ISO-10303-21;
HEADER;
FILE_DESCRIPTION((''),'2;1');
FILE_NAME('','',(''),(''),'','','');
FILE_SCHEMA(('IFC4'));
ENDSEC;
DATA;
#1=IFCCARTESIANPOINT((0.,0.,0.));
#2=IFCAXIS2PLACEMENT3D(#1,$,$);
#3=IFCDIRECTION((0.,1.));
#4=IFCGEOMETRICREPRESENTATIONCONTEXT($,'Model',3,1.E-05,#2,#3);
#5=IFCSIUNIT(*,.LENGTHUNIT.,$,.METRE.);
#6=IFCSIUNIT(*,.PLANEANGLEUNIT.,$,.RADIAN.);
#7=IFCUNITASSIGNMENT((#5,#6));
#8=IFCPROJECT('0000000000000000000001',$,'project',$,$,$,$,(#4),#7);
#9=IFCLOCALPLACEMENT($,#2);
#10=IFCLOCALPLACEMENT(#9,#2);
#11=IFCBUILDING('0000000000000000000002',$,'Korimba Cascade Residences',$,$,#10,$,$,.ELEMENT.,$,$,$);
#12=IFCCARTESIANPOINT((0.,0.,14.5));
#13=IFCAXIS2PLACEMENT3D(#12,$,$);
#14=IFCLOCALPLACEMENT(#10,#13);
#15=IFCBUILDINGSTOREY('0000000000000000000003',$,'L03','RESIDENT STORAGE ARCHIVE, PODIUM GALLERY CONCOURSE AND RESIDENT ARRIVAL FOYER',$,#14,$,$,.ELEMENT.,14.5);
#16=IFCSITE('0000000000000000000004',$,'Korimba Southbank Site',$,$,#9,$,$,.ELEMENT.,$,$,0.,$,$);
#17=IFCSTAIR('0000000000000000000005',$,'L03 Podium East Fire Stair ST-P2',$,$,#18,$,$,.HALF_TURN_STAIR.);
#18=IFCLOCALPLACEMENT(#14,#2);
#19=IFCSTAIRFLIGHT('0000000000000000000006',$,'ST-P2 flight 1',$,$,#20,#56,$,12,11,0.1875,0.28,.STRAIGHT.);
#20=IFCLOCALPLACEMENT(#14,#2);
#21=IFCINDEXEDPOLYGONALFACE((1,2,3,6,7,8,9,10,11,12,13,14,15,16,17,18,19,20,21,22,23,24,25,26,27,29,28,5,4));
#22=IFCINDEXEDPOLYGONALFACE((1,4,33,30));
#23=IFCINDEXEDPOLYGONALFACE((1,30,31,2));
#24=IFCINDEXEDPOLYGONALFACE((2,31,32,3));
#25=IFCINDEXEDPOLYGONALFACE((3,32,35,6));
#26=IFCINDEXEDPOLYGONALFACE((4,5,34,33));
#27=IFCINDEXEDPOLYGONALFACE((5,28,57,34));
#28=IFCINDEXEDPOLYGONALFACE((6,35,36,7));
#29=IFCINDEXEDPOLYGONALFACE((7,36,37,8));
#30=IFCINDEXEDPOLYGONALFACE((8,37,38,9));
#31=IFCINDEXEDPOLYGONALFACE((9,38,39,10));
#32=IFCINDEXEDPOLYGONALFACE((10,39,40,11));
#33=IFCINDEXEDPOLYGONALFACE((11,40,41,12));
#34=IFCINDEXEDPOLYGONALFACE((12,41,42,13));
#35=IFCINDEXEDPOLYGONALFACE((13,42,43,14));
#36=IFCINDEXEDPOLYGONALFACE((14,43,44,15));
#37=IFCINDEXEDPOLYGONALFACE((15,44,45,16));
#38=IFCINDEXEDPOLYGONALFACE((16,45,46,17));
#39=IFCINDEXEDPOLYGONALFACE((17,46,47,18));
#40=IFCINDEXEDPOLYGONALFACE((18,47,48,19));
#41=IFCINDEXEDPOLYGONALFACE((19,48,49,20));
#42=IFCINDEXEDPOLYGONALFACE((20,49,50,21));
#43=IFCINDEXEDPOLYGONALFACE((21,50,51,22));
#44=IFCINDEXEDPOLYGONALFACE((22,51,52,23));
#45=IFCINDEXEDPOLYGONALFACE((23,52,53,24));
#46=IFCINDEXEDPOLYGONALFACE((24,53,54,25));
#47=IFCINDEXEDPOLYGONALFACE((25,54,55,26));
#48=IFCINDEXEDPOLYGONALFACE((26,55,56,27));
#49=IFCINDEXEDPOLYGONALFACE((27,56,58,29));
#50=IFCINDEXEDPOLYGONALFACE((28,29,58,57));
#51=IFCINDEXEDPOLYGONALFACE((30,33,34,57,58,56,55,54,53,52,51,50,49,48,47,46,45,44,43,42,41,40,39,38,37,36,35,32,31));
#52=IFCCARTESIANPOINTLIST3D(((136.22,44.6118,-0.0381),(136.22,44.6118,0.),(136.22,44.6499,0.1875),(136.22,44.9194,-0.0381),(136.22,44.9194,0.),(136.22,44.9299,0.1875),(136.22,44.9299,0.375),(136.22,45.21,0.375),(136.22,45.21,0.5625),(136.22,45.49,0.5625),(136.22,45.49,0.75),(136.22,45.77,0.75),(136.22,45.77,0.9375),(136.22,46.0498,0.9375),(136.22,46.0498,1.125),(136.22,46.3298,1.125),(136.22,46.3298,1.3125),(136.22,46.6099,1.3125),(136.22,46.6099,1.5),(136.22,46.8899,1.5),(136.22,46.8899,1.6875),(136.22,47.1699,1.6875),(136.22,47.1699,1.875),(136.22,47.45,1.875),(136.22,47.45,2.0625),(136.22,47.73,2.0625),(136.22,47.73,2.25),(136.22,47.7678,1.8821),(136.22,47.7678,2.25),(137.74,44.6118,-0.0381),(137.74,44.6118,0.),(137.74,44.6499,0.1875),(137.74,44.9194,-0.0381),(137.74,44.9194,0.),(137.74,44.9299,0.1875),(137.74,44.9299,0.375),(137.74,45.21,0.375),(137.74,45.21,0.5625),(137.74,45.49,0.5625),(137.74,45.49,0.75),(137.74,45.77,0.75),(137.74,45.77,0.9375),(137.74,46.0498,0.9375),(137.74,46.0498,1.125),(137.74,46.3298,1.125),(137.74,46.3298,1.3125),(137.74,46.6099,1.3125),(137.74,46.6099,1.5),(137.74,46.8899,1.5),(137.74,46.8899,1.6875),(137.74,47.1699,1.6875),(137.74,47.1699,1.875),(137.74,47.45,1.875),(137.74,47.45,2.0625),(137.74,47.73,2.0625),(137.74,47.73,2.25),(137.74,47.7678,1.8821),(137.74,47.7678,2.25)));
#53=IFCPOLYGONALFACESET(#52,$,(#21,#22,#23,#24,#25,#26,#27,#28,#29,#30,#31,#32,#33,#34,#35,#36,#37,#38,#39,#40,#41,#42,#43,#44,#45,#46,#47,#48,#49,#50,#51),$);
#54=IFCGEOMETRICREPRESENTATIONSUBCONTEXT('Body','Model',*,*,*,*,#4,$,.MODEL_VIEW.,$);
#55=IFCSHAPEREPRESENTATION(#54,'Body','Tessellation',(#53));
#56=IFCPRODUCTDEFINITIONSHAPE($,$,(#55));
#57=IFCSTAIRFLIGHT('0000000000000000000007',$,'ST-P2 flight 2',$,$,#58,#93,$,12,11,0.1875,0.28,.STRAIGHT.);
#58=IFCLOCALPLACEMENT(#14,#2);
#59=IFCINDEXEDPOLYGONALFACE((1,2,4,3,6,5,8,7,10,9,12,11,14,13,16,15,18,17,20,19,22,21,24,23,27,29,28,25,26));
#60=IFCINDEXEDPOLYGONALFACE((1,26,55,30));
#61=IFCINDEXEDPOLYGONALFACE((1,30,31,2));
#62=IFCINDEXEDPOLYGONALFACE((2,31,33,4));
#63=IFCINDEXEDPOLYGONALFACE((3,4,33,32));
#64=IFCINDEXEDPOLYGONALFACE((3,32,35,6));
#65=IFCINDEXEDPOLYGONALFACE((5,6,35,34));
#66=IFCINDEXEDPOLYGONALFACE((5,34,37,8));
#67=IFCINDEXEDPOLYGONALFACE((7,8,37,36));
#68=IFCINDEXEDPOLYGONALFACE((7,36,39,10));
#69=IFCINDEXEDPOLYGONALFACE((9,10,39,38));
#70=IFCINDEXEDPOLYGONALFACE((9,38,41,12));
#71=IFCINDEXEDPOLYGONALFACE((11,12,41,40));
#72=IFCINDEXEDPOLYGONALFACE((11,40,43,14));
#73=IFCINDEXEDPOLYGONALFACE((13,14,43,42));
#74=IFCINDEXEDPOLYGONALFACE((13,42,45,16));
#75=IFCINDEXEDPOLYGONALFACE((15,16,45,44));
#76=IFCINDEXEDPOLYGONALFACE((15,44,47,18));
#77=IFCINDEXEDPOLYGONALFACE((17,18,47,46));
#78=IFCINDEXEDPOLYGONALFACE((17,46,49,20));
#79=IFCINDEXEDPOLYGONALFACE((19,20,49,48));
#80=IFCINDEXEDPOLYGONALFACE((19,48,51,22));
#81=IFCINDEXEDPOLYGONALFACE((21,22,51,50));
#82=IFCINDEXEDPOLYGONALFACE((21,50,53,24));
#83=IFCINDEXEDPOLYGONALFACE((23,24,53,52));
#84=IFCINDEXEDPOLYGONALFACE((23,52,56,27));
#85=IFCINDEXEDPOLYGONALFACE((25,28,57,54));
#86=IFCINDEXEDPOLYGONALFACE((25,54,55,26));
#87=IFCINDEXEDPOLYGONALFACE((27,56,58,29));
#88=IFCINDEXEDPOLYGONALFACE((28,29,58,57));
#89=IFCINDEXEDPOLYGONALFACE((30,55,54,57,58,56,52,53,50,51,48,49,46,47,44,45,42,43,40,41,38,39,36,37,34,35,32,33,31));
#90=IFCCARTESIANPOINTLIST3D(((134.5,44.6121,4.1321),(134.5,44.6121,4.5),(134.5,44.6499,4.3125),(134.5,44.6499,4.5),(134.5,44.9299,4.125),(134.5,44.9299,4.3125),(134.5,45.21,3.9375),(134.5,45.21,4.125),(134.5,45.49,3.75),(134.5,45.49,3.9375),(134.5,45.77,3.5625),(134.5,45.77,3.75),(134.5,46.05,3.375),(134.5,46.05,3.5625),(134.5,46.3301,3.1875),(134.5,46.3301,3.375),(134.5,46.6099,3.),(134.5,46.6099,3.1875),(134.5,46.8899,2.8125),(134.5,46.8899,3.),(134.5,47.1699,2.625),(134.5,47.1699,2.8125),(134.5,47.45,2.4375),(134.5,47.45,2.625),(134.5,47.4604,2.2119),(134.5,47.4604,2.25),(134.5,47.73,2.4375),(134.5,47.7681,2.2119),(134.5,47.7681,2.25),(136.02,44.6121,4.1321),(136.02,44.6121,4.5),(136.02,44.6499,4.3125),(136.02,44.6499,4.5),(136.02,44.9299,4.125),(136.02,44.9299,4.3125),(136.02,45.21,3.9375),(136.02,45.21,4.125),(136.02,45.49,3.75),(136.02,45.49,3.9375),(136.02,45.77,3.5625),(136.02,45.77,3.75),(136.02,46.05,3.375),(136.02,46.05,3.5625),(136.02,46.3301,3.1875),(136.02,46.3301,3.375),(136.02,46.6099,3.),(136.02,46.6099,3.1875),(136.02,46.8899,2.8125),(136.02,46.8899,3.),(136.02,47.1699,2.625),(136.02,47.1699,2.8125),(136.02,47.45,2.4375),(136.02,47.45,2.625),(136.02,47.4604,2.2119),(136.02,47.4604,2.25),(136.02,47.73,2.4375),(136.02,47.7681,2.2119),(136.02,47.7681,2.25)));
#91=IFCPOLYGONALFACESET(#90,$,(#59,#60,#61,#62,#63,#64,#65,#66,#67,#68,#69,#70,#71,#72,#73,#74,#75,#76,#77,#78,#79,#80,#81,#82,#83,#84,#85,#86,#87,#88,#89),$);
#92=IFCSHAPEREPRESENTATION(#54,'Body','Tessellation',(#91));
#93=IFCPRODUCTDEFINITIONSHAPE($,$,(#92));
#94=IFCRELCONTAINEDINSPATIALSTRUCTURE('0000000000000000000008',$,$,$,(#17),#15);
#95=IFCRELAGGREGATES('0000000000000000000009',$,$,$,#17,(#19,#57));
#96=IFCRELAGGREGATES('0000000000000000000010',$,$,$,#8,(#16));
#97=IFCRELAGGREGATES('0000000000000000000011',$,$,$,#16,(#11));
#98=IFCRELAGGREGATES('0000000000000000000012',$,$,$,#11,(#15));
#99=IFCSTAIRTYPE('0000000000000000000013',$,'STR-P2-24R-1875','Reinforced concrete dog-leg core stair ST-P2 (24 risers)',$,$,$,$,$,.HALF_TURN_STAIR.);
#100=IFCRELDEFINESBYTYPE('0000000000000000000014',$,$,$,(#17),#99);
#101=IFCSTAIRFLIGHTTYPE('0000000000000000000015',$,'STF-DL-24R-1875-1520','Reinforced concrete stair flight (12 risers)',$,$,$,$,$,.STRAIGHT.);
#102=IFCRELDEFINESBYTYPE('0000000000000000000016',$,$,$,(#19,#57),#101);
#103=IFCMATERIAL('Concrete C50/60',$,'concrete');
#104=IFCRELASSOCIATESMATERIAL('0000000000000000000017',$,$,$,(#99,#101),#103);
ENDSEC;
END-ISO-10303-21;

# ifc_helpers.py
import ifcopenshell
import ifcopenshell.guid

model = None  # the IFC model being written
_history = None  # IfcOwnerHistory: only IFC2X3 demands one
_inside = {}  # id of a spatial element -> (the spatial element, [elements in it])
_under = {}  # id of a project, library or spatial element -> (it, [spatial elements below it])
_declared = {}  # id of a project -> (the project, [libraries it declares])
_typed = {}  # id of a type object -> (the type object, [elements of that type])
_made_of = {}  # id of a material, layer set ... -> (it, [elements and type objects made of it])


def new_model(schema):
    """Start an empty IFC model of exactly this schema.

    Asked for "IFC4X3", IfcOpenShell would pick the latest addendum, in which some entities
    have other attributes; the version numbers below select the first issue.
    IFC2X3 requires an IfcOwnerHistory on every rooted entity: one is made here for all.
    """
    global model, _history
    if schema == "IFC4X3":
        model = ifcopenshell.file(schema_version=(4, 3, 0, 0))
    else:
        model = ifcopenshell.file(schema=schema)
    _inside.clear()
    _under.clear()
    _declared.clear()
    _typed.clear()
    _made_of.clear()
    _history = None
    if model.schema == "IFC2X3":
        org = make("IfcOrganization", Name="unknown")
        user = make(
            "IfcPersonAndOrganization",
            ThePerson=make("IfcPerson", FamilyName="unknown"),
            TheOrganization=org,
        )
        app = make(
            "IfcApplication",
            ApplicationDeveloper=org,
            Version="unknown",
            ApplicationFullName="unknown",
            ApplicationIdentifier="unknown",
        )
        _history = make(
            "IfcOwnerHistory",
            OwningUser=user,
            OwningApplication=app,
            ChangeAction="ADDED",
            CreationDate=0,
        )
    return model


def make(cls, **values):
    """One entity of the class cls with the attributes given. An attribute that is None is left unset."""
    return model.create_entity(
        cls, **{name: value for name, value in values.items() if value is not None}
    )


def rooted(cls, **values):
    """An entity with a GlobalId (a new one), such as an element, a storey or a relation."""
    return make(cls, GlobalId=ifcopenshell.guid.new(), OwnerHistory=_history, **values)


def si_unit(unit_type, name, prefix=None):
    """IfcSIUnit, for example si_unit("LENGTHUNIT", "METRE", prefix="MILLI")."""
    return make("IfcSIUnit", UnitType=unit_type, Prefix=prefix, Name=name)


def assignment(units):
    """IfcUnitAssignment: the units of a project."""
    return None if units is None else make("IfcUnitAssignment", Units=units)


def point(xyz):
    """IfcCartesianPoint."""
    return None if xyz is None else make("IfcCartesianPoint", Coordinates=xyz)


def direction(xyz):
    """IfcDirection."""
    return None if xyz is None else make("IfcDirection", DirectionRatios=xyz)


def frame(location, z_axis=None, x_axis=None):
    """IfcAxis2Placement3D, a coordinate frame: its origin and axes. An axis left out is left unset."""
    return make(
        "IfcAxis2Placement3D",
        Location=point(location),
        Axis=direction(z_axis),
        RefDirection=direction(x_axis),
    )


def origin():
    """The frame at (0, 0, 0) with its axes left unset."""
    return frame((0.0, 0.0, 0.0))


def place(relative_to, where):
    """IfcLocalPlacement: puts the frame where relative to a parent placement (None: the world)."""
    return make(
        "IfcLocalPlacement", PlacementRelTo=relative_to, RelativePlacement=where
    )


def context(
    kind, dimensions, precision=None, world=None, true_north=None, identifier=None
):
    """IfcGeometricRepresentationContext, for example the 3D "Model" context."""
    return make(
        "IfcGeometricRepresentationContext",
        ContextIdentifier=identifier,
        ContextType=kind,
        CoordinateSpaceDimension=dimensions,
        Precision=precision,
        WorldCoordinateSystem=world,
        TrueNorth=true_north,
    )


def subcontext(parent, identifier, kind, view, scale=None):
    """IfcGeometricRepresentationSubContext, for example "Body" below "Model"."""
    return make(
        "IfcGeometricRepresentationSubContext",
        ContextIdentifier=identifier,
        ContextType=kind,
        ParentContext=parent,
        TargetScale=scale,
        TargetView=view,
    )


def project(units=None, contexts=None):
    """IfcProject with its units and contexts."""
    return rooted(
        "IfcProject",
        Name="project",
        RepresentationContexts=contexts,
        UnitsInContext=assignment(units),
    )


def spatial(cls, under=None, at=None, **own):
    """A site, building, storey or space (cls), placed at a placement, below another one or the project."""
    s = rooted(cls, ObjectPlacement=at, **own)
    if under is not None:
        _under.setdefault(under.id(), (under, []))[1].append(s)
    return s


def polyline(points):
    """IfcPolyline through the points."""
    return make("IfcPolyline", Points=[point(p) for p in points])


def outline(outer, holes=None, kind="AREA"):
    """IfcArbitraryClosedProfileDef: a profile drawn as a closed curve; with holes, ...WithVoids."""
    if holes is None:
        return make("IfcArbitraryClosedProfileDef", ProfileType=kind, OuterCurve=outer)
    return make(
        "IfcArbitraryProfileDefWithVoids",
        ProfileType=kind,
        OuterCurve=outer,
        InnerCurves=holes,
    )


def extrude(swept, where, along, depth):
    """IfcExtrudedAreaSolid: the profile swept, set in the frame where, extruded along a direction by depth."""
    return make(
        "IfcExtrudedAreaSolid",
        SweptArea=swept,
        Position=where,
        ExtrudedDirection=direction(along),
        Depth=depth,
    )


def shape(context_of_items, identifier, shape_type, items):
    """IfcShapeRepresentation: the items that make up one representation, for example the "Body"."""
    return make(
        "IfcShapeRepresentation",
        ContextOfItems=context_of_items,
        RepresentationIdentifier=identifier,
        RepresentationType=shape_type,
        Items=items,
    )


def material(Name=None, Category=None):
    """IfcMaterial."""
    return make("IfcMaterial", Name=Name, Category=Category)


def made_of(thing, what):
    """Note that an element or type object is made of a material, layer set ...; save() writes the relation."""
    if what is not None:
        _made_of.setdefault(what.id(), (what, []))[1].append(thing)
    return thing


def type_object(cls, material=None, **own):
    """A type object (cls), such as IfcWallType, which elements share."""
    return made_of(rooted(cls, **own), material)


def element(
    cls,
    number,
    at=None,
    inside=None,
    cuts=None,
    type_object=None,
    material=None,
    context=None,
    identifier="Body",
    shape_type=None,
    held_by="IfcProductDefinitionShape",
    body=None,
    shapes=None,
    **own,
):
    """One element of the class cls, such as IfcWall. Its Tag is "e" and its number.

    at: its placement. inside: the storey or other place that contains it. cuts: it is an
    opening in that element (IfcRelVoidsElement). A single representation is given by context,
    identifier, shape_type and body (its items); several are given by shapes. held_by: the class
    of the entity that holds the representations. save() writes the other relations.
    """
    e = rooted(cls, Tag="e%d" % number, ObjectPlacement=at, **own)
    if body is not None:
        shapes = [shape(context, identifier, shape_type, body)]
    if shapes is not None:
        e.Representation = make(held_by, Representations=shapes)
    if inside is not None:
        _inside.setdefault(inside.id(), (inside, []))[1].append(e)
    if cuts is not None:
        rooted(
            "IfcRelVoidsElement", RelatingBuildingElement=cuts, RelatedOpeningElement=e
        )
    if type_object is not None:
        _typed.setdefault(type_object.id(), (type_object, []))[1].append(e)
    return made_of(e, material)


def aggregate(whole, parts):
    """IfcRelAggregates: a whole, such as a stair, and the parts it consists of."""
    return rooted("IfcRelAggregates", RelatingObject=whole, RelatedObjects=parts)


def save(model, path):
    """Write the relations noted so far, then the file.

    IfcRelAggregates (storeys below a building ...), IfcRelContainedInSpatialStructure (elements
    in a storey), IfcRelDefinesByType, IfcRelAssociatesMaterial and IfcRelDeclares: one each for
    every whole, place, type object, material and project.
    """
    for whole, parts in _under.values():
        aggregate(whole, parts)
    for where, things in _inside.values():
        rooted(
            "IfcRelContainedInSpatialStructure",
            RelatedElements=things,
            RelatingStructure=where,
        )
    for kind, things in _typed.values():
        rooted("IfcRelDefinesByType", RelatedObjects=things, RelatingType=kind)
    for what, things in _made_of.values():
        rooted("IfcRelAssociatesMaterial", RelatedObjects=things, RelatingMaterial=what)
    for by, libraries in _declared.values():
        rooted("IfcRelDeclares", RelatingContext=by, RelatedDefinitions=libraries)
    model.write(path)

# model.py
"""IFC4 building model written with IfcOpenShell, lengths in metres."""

from ifc_helpers import new_model, si_unit, direction, frame, origin, place, context, subcontext, project, spatial, polyline, outline, extrude, material, type_object, element, aggregate, save


model = new_model("IFC4")

# Units and contexts
model_context = context("Model", 3, precision=1e-05, world=origin(), true_north=direction((0.0, 1.0)))
body_context = subcontext(model_context, "Body", "Model", "MODEL_VIEW")
ifc_project = project(units=[si_unit("LENGTHUNIT", "METRE"), si_unit("PLANEANGLEUNIT", "RADIAN")], contexts=[model_context])

# Site, building, storey
site_placement = place(None, origin())
site = spatial("IfcSite", under=ifc_project, at=site_placement, Name="Korimba Southbank Site", CompositionType="ELEMENT", RefElevation=0.0)
building_placement = place(site_placement, origin())
building = spatial("IfcBuilding", under=site, at=building_placement, Name="Korimba Cascade Residences", CompositionType="ELEMENT")
storey_placement = place(building_placement, frame((0.0, 0.0, 14.5)))
storey = spatial("IfcBuildingStorey", under=building, at=storey_placement, Name="L03", Description="RESIDENT STORAGE ARCHIVE, PODIUM GALLERY CONCOURSE AND RESIDENT ARRIVAL FOYER", CompositionType="ELEMENT", Elevation=14.5)

# Shared definitions
ifc_material_1 = material(Name="Concrete C50/60", Category="concrete")

# Stair, stair flights
stair_type = type_object("IfcStairType", Name="STR-P2-24R-1875", Description="Reinforced concrete dog-leg core stair ST-P2 (24 risers)", PredefinedType="HALF_TURN_STAIR", material=ifc_material_1)
stair_placement = place(storey_placement, origin())
stair = element("IfcStair", 1, at=stair_placement, inside=storey, type_object=stair_type, Name="L03 Podium East Fire Stair ST-P2", PredefinedType="HALF_TURN_STAIR")
stair_flight_type = type_object("IfcStairFlightType", Name="STF-DL-24R-1875-1520", Description="Reinforced concrete stair flight (12 risers)", PredefinedType="STRAIGHT", material=ifc_material_1)
stair_flight_1_placement = place(storey_placement, frame((136.98, 44.6499, 0.0), z_axis=(0.0, 0.0, 1.0), x_axis=(0.0, 1.0, 0.0)))
stair_flight_1 = element("IfcStairFlight", 2, at=stair_flight_1_placement, type_object=stair_flight_type, Name="ST-P2 flight 1", NumberOfRisers=12, NumberOfTreads=11, PredefinedType="STRAIGHT", RiserHeight=0.1875, TreadLength=0.28, context=body_context, shape_type="SweptSolid", body=[
    extrude(outline(polyline([(-0.0381, 0.0), (0.0, 0.1875), (0.28, 0.1875), (0.28, 0.375), (0.5601, 0.375), (0.5601, 0.5625), (0.8401, 0.5625), (0.8401, 0.75), (1.1201, 0.75), (1.1201, 0.9375), (1.3999, 0.9375), (1.3999, 1.125), (1.6799, 1.125), (1.6799, 1.3125), (1.96, 1.3125), (1.96, 1.5), (2.24, 1.5), (2.24, 1.6875), (2.52, 1.6875), (2.52, 1.875), (2.8, 1.875), (2.8, 2.0625), (3.0801, 2.0625), (3.0801, 2.25), (3.1179, 2.25), (3.1179, 1.8821), (0.2695, 0.0), (0.2695, -0.0381), (-0.0381, -0.0381), (-0.0381, 0.0)])), frame((0.0, 0.76, 0.0), z_axis=(0.0, -1.0, 0.0), x_axis=(1.0, 0.0, 0.0)), (0.0, 0.0, 1.0), 1.52),
])
stair_flight_2_placement = place(storey_placement, frame((135.26, 47.73, 2.25), z_axis=(0.0, 0.0, 1.0), x_axis=(0.0, -1.0, 0.0)))
stair_flight_2 = element("IfcStairFlight", 3, at=stair_flight_2_placement, type_object=stair_flight_type, Name="ST-P2 flight 2", NumberOfRisers=12, NumberOfTreads=11, PredefinedType="STRAIGHT", RiserHeight=0.1875, TreadLength=0.28, context=body_context, shape_type="SweptSolid", body=[
    extrude(outline(polyline([(-0.0381, 0.0), (0.0, 0.1875), (0.28, 0.1875), (0.28, 0.375), (0.5601, 0.375), (0.5601, 0.5625), (0.8401, 0.5625), (0.8401, 0.75), (1.1201, 0.75), (1.1201, 0.9375), (1.3999, 0.9375), (1.3999, 1.125), (1.6799, 1.125), (1.6799, 1.3125), (1.96, 1.3125), (1.96, 1.5), (2.24, 1.5), (2.24, 1.6875), (2.52, 1.6875), (2.52, 1.875), (2.8, 1.875), (2.8, 2.0625), (3.0801, 2.0625), (3.0801, 2.25), (3.1179, 2.25), (3.1179, 1.8821), (0.2695, 0.0), (0.2695, -0.0381), (-0.0381, -0.0381), (-0.0381, 0.0)])), frame((0.0, 0.76, 0.0), z_axis=(0.0, -1.0, 0.0), x_axis=(1.0, 0.0, 0.0)), (0.0, 0.0, 1.0), 1.52),
])
aggregate(stair, [stair_flight_1, stair_flight_2])

save(model, "model.ifc")
